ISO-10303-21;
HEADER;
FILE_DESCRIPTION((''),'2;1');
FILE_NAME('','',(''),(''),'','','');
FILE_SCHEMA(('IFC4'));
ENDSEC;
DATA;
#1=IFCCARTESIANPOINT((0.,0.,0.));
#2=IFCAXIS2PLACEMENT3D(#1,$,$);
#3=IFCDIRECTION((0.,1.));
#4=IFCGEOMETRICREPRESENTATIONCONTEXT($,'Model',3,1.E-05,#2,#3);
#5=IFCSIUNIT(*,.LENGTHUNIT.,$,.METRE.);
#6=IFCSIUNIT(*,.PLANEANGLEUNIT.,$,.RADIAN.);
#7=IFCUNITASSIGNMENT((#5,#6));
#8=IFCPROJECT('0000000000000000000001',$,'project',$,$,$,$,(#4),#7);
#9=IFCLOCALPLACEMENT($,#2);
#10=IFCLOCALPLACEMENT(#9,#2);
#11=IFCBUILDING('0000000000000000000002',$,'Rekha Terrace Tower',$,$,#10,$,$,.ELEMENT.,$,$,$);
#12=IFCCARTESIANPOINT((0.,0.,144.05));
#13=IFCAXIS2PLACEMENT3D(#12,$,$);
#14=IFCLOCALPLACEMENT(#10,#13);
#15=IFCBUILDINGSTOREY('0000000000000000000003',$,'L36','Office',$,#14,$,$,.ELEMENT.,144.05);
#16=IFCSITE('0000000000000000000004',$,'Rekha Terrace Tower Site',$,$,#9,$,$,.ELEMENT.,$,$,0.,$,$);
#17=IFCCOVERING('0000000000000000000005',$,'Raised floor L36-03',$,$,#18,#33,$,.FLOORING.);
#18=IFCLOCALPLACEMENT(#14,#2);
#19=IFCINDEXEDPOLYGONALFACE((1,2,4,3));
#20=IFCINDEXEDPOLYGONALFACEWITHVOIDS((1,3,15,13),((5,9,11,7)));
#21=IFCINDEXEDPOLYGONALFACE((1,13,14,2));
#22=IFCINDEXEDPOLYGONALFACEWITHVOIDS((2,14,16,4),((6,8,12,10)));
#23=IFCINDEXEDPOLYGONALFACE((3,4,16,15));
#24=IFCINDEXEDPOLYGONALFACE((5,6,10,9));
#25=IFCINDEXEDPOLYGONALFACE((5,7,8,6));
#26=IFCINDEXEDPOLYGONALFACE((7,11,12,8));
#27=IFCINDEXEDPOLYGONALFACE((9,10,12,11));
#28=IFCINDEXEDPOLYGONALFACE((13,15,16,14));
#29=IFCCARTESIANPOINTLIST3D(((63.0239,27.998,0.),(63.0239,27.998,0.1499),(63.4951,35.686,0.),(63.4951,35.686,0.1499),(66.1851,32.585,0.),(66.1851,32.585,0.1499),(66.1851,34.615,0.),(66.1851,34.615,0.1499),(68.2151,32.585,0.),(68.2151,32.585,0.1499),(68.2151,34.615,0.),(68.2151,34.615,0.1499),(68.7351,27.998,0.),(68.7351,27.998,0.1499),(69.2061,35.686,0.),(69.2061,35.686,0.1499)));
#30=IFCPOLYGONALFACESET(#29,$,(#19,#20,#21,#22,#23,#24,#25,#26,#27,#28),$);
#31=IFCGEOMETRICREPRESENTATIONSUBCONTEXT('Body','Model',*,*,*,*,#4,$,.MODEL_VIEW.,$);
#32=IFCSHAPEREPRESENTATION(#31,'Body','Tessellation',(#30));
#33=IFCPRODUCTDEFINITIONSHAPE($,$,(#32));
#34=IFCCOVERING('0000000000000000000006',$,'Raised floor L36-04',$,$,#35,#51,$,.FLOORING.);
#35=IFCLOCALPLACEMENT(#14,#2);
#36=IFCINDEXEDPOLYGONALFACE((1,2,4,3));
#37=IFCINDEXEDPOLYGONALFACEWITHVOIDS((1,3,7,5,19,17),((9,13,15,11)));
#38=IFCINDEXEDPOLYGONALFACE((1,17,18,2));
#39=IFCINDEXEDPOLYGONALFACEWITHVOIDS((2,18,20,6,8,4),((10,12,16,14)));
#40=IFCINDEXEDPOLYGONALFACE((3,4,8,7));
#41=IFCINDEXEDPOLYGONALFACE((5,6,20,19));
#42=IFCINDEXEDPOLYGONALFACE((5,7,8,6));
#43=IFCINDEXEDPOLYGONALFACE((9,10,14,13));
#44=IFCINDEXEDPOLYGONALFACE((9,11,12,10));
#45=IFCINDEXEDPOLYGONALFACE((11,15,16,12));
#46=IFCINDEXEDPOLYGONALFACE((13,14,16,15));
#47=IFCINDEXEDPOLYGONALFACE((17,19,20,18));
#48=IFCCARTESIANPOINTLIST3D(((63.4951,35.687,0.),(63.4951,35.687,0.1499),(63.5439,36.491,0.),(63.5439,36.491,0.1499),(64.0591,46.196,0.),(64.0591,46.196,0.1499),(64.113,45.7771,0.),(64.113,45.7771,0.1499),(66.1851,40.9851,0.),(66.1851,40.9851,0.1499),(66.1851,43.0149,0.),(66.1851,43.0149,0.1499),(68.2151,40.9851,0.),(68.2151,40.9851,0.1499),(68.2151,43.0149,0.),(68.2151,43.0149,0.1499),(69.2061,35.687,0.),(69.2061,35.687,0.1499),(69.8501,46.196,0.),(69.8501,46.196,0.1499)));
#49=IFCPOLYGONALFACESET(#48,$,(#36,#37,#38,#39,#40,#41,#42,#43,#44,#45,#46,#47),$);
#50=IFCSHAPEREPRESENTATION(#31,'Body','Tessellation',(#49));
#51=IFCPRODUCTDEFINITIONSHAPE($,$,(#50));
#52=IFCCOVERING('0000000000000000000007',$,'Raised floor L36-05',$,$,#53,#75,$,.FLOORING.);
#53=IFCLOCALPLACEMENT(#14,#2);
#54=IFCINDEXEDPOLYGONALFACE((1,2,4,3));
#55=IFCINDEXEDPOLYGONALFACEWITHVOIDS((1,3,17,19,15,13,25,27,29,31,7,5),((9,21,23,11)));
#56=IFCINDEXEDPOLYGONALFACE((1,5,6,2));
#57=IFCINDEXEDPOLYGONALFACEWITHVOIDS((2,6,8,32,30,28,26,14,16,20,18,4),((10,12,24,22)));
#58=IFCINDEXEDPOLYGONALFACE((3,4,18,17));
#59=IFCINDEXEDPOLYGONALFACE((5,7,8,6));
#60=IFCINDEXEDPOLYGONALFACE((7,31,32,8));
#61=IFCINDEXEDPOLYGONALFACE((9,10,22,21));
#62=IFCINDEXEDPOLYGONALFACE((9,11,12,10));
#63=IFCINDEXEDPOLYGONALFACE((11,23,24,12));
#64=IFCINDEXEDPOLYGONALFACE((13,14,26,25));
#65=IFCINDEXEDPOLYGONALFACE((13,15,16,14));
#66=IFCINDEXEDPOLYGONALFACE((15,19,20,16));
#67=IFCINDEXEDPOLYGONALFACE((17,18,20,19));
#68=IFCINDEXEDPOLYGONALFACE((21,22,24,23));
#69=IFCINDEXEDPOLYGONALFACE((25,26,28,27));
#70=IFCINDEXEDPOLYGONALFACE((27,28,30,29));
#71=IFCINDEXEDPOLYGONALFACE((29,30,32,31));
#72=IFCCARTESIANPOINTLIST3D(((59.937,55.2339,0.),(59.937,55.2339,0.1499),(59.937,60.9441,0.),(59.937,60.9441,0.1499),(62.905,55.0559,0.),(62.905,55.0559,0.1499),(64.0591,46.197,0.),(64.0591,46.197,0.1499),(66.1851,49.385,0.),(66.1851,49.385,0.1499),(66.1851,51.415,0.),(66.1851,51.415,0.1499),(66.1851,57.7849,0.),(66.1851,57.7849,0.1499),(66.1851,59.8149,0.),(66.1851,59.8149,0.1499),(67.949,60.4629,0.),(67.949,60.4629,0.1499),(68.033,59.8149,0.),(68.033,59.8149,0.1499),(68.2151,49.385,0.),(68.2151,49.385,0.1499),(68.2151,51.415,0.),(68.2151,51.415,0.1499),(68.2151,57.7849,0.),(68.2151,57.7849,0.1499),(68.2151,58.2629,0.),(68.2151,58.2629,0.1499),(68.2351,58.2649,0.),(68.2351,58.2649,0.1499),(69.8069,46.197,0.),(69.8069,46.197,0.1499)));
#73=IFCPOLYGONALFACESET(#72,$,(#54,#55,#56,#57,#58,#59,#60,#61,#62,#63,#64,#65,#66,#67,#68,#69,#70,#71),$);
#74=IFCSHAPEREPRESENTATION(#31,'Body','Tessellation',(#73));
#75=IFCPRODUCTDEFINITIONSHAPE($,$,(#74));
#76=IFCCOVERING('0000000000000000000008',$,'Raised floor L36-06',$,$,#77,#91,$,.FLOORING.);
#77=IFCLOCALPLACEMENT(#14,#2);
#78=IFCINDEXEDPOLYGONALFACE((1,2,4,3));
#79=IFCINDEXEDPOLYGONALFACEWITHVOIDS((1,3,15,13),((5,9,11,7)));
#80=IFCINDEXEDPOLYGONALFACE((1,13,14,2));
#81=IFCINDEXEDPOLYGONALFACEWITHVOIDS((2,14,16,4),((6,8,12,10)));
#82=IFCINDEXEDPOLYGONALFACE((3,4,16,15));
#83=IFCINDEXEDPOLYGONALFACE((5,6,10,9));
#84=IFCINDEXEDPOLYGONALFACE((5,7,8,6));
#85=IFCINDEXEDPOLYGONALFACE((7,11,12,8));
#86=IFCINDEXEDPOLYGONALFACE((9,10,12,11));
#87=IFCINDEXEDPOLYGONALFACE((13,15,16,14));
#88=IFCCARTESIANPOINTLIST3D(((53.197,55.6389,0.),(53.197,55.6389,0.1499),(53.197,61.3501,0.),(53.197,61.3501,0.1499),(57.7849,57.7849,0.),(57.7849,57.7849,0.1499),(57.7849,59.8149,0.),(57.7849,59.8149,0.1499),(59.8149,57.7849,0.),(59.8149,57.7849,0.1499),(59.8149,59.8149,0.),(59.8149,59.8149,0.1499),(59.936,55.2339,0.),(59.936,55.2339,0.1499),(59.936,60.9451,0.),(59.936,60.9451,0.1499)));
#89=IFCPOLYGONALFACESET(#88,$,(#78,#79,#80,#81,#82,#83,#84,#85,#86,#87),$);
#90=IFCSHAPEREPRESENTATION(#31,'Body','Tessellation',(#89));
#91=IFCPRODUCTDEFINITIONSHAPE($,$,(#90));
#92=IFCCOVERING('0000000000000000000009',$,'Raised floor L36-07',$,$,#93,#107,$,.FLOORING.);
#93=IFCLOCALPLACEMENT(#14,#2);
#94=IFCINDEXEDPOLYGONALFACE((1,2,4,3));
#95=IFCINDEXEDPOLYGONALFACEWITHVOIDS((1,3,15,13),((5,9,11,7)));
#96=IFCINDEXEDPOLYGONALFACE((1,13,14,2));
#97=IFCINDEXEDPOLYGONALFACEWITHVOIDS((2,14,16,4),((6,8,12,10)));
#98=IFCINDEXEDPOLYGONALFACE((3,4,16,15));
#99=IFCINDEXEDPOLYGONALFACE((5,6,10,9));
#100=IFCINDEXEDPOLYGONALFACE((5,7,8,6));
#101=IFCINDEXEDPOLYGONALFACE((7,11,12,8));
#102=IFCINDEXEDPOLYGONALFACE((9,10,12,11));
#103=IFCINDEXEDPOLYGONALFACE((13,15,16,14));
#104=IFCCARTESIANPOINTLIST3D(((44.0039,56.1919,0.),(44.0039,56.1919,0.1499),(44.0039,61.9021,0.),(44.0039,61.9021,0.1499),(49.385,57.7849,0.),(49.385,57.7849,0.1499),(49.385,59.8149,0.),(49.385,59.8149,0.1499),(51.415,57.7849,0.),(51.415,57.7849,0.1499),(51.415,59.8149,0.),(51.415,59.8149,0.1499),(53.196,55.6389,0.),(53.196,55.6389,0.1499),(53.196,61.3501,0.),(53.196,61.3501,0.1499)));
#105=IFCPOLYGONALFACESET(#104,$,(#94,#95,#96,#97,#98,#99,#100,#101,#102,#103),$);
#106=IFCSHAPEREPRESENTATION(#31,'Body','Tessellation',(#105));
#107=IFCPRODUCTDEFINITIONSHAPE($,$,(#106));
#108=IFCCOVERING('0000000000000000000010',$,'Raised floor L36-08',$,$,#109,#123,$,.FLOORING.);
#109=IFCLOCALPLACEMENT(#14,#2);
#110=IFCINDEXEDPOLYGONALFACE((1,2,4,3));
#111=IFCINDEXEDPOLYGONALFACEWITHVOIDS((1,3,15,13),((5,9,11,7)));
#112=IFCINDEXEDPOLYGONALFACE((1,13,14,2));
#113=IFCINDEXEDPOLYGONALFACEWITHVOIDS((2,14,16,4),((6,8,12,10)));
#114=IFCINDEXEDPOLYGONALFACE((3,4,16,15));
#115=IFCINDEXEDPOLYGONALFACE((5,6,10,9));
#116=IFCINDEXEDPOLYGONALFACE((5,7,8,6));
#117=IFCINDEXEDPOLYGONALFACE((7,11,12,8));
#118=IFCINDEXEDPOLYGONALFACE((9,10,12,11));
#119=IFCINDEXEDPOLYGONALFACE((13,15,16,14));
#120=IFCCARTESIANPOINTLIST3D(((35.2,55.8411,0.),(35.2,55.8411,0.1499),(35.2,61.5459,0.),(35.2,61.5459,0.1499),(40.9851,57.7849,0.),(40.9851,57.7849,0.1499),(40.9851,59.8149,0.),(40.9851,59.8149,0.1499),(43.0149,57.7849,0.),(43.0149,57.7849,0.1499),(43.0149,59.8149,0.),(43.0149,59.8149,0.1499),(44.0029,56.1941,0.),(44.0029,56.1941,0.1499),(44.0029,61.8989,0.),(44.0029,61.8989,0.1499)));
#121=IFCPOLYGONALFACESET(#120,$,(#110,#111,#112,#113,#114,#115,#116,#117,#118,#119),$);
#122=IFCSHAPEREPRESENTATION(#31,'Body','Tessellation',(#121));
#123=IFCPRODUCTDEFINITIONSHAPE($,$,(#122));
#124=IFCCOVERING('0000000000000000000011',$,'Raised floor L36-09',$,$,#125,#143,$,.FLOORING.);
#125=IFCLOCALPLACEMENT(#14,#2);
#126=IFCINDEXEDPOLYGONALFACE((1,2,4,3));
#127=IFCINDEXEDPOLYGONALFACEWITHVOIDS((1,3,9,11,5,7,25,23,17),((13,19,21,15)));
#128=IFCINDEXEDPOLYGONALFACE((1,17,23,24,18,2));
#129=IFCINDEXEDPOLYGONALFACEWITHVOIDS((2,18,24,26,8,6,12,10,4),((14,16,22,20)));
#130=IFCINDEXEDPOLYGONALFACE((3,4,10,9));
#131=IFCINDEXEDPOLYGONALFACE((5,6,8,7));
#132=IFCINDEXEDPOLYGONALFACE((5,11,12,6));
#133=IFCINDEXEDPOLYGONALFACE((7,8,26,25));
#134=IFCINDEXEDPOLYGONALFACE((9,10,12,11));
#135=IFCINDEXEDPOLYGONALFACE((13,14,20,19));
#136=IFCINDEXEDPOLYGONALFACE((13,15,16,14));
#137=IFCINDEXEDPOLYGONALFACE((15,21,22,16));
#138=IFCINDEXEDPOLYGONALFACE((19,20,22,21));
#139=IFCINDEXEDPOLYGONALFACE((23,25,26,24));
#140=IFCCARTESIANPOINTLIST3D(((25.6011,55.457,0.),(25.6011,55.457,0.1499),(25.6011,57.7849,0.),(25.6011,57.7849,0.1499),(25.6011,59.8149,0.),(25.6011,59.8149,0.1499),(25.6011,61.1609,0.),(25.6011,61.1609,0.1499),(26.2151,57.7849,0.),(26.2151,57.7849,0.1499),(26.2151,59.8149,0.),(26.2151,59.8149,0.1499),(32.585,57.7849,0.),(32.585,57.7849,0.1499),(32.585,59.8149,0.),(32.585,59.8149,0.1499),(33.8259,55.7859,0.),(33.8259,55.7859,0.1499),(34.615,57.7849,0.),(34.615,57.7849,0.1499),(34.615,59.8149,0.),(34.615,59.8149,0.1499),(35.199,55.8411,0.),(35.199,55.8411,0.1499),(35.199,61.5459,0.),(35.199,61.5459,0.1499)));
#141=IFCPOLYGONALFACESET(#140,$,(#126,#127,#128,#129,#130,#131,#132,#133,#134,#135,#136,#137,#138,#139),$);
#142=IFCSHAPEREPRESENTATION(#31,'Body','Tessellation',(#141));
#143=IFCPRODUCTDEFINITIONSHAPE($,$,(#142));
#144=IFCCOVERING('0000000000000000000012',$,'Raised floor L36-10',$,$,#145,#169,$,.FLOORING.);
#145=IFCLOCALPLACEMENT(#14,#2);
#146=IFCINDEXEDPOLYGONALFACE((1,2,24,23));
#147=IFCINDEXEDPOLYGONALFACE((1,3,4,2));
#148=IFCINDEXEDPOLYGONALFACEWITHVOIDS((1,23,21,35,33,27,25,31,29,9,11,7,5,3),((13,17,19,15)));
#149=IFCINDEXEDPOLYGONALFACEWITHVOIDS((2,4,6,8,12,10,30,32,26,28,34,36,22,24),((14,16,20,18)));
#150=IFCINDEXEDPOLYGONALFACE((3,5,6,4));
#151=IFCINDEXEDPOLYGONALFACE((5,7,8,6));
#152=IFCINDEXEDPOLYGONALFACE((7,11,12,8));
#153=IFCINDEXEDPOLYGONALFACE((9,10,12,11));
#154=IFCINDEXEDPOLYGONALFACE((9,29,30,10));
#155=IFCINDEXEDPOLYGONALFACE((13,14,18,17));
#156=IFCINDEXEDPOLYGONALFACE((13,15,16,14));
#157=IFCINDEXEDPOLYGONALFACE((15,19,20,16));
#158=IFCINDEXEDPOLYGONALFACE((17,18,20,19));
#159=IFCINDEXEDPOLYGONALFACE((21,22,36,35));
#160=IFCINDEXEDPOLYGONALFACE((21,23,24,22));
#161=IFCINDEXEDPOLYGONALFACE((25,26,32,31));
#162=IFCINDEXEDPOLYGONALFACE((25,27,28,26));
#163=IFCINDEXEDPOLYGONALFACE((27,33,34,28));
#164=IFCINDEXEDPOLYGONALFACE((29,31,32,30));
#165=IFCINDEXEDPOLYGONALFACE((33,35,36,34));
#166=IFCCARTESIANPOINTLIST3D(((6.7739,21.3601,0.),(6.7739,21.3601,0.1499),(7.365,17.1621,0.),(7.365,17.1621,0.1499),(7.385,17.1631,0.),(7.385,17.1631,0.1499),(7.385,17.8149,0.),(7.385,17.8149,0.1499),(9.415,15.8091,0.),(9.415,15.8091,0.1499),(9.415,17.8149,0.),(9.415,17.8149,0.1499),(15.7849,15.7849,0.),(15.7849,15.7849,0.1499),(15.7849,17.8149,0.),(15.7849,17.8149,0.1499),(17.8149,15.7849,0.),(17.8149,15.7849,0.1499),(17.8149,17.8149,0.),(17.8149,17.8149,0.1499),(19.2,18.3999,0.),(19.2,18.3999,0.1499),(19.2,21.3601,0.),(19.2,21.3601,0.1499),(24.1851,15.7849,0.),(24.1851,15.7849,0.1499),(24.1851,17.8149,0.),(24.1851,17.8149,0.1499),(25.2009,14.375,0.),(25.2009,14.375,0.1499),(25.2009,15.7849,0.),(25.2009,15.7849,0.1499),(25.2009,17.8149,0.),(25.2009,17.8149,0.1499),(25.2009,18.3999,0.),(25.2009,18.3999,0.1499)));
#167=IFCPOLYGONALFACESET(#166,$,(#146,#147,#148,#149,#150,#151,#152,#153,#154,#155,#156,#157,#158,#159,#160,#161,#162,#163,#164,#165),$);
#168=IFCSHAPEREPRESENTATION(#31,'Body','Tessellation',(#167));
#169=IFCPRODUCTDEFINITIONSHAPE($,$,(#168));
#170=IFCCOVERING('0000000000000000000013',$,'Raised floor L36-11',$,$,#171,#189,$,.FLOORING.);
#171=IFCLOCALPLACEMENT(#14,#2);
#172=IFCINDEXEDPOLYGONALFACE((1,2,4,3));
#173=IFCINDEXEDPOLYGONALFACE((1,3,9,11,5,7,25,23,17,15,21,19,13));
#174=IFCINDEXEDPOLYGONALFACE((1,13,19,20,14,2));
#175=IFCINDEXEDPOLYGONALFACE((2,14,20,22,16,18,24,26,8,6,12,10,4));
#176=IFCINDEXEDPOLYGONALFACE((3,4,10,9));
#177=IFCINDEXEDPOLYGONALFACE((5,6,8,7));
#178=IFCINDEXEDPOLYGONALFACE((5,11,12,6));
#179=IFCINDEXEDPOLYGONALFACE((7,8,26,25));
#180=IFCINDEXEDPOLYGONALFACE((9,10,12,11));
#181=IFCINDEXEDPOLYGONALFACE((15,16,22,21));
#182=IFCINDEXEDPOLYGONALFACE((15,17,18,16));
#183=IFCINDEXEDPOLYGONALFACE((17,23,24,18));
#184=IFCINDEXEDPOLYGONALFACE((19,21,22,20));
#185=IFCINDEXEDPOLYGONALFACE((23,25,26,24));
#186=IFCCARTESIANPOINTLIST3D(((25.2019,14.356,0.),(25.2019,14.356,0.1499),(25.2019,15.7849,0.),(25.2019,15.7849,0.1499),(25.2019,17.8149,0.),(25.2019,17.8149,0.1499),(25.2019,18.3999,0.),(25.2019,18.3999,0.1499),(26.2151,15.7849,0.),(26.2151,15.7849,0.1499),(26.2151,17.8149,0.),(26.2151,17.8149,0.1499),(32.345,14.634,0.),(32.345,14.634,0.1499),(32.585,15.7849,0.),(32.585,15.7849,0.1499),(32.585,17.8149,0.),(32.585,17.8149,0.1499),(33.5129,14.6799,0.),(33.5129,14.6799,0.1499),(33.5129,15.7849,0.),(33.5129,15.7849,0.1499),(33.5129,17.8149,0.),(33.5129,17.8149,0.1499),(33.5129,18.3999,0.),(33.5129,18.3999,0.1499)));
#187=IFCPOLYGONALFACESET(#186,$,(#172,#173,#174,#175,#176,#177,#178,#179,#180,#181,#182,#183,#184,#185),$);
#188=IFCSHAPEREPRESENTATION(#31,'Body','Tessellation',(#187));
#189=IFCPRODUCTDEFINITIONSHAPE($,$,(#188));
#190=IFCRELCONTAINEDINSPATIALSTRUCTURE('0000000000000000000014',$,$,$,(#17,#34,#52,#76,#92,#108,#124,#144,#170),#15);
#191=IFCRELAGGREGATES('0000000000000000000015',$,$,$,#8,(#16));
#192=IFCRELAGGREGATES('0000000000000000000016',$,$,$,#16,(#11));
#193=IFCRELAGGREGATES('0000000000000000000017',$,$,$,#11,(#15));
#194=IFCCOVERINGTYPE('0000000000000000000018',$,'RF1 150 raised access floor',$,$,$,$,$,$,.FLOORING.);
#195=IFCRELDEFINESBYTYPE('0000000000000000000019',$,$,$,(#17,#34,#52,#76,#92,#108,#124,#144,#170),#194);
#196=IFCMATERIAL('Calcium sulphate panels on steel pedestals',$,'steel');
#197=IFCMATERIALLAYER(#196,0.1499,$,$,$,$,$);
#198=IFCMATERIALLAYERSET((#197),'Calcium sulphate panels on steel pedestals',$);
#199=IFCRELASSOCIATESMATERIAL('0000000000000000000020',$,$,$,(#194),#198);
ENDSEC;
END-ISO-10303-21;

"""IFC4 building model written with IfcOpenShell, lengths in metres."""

from ifc_helpers import new_model, si_unit, direction, frame, origin, place, context, subcontext, project, spatial, polyline, outline, extrude, material, layer, layer_set, type_object, element, save


model = new_model("IFC4")

# Units and contexts
model_context = context("Model", 3, precision=1e-05, world=origin(), true_north=direction((0.0, 1.0)))
body_context = subcontext(model_context, "Body", "Model", "MODEL_VIEW")
ifc_project = project(units=[si_unit("LENGTHUNIT", "METRE"), si_unit("PLANEANGLEUNIT", "RADIAN")], contexts=[model_context])

# Site, building, storey
site_placement = place(None, origin())
site = spatial("IfcSite", under=ifc_project, at=site_placement, Name="Rekha Terrace Tower Site", CompositionType="ELEMENT", RefElevation=0.0)
building_placement = place(site_placement, origin())
building = spatial("IfcBuilding", under=site, at=building_placement, Name="Rekha Terrace Tower", CompositionType="ELEMENT")
storey_placement = place(building_placement, frame((0.0, 0.0, 144.05)))
storey = spatial("IfcBuildingStorey", under=building, at=storey_placement, Name="L36", Description="Office", CompositionType="ELEMENT", Elevation=144.05)

# Coverings
ifc_material_1 = material(Name="Calcium sulphate panels on steel pedestals", Category="steel")
ifc_layer_1 = layer(ifc_material_1, 0.1499)
ifc_layer_set_1 = layer_set([ifc_layer_1], Name="Calcium sulphate panels on steel pedestals")
covering_type_1 = type_object("IfcCoveringType", Name="RF1 150 raised access floor", PredefinedType="FLOORING", material=ifc_layer_set_1)
covering_1_placement = place(storey_placement, origin())
element("IfcCovering", 1, at=covering_1_placement, inside=storey, type_object=covering_type_1, Name="Raised floor L36-03", PredefinedType="FLOORING", context=body_context, shape_type="SweptSolid", body=[
    extrude(outline(polyline([(63.0239, 27.998), (68.7351, 27.998), (69.2061, 35.686), (63.4951, 35.686), (63.0239, 27.998)]), holes=[polyline([(68.2151, 34.615), (68.2151, 32.585), (66.1851, 32.585), (66.1851, 34.615), (68.2151, 34.615)])]), origin(), (0.0, 0.0, 1.0), 0.1499),
])
covering_2_placement = place(storey_placement, origin())
element("IfcCovering", 2, at=covering_2_placement, inside=storey, type_object=covering_type_1, Name="Raised floor L36-04", PredefinedType="FLOORING", context=body_context, shape_type="SweptSolid", body=[
    extrude(outline(polyline([(64.0591, 46.196), (64.113, 45.7771), (63.5439, 36.491), (63.4951, 35.687), (69.2061, 35.687), (69.8501, 46.196), (64.0591, 46.196)]), holes=[polyline([(68.2151, 40.9851), (66.1851, 40.9851), (66.1851, 43.0149), (68.2151, 43.0149), (68.2151, 40.9851)])]), origin(), (0.0, 0.0, 1.0), 0.1499),
])
covering_3_placement = place(storey_placement, origin())
element("IfcCovering", 3, at=covering_3_placement, inside=storey, type_object=covering_type_1, Name="Raised floor L36-05", PredefinedType="FLOORING", context=body_context, shape_type="SweptSolid", body=[
    extrude(outline(polyline([(67.949, 60.4629), (59.937, 60.9441), (59.937, 55.2339), (62.905, 55.0559), (64.0591, 46.197), (69.8069, 46.197), (68.2351, 58.2649), (68.2151, 58.2629), (68.2151, 57.7849), (66.1851, 57.7849), (66.1851, 59.8149), (68.033, 59.8149), (67.949, 60.4629)]), holes=[polyline([(68.2151, 49.385), (66.1851, 49.385), (66.1851, 51.415), (68.2151, 51.415), (68.2151, 49.385)])]), origin(), (0.0, 0.0, 1.0), 0.1499),
])
covering_4_placement = place(storey_placement, origin())
element("IfcCovering", 4, at=covering_4_placement, inside=storey, type_object=covering_type_1, Name="Raised floor L36-06", PredefinedType="FLOORING", context=body_context, shape_type="SweptSolid", body=[
    extrude(outline(polyline([(59.936, 55.2339), (59.936, 60.9451), (53.197, 61.3501), (53.197, 55.6389), (59.936, 55.2339)]), holes=[polyline([(59.8149, 57.7849), (57.7849, 57.7849), (57.7849, 59.8149), (59.8149, 59.8149), (59.8149, 57.7849)])]), origin(), (0.0, 0.0, 1.0), 0.1499),
])
covering_5_placement = place(storey_placement, origin())
element("IfcCovering", 5, at=covering_5_placement, inside=storey, type_object=covering_type_1, Name="Raised floor L36-07", PredefinedType="FLOORING", context=body_context, shape_type="SweptSolid", body=[
    extrude(outline(polyline([(53.196, 55.6389), (53.196, 61.3501), (44.0039, 61.9021), (44.0039, 56.1919), (53.196, 55.6389)]), holes=[polyline([(51.415, 57.7849), (49.385, 57.7849), (49.385, 59.8149), (51.415, 59.8149), (51.415, 57.7849)])]), origin(), (0.0, 0.0, 1.0), 0.1499),
])
covering_6_placement = place(storey_placement, origin())
element("IfcCovering", 6, at=covering_6_placement, inside=storey, type_object=covering_type_1, Name="Raised floor L36-08", PredefinedType="FLOORING", context=body_context, shape_type="SweptSolid", body=[
    extrude(outline(polyline([(44.0029, 61.8989), (35.2, 61.5459), (35.2, 55.8411), (44.0029, 56.1941), (44.0029, 61.8989)]), holes=[polyline([(43.0149, 57.7849), (40.9851, 57.7849), (40.9851, 59.8149), (43.0149, 59.8149), (43.0149, 57.7849)])]), origin(), (0.0, 0.0, 1.0), 0.1499),
])
covering_7_placement = place(storey_placement, origin())
element("IfcCovering", 7, at=covering_7_placement, inside=storey, type_object=covering_type_1, Name="Raised floor L36-09", PredefinedType="FLOORING", context=body_context, shape_type="SweptSolid", body=[
    extrude(outline(polyline([(25.6011, 57.7849), (25.6011, 55.457), (33.8259, 55.7859), (35.199, 55.8411), (35.199, 61.5459), (25.6011, 61.1609), (25.6011, 59.8149), (26.2151, 59.8149), (26.2151, 57.7849), (25.6011, 57.7849)]), holes=[polyline([(34.615, 57.7849), (32.585, 57.7849), (32.585, 59.8149), (34.615, 59.8149), (34.615, 57.7849)])]), origin(), (0.0, 0.0, 1.0), 0.1499),
])
covering_8_placement = place(storey_placement, origin())
element("IfcCovering", 8, at=covering_8_placement, inside=storey, type_object=covering_type_1, Name="Raised floor L36-10", PredefinedType="FLOORING", context=body_context, shape_type="SweptSolid", body=[
    extrude(outline(polyline([(19.2, 18.3999), (19.2, 21.3601), (6.7739, 21.3601), (7.365, 17.1621), (7.385, 17.1631), (7.385, 17.8149), (9.415, 17.8149), (9.415, 15.8091), (25.2009, 14.375), (25.2009, 15.7849), (24.1851, 15.7849), (24.1851, 17.8149), (25.2009, 17.8149), (25.2009, 18.3999), (19.2, 18.3999)]), holes=[polyline([(17.8149, 15.7849), (15.7849, 15.7849), (15.7849, 17.8149), (17.8149, 17.8149), (17.8149, 15.7849)])]), origin(), (0.0, 0.0, 1.0), 0.1499),
])
covering_9_placement = place(storey_placement, origin())
element("IfcCovering", 9, at=covering_9_placement, inside=storey, type_object=covering_type_1, Name="Raised floor L36-11", PredefinedType="FLOORING", context=body_context, shape_type="SweptSolid", body=[
    extrude(outline(polyline([(32.585, 17.8149), (33.5129, 17.8149), (33.5129, 18.3999), (25.2019, 18.3999), (25.2019, 17.8149), (26.2151, 17.8149), (26.2151, 15.7849), (25.2019, 15.7849), (25.2019, 14.356), (32.345, 14.634), (33.5129, 14.6799), (33.5129, 15.7849), (32.585, 15.7849), (32.585, 17.8149)])), origin(), (0.0, 0.0, 1.0), 0.1499),
])

save(model, "model.ifc")
